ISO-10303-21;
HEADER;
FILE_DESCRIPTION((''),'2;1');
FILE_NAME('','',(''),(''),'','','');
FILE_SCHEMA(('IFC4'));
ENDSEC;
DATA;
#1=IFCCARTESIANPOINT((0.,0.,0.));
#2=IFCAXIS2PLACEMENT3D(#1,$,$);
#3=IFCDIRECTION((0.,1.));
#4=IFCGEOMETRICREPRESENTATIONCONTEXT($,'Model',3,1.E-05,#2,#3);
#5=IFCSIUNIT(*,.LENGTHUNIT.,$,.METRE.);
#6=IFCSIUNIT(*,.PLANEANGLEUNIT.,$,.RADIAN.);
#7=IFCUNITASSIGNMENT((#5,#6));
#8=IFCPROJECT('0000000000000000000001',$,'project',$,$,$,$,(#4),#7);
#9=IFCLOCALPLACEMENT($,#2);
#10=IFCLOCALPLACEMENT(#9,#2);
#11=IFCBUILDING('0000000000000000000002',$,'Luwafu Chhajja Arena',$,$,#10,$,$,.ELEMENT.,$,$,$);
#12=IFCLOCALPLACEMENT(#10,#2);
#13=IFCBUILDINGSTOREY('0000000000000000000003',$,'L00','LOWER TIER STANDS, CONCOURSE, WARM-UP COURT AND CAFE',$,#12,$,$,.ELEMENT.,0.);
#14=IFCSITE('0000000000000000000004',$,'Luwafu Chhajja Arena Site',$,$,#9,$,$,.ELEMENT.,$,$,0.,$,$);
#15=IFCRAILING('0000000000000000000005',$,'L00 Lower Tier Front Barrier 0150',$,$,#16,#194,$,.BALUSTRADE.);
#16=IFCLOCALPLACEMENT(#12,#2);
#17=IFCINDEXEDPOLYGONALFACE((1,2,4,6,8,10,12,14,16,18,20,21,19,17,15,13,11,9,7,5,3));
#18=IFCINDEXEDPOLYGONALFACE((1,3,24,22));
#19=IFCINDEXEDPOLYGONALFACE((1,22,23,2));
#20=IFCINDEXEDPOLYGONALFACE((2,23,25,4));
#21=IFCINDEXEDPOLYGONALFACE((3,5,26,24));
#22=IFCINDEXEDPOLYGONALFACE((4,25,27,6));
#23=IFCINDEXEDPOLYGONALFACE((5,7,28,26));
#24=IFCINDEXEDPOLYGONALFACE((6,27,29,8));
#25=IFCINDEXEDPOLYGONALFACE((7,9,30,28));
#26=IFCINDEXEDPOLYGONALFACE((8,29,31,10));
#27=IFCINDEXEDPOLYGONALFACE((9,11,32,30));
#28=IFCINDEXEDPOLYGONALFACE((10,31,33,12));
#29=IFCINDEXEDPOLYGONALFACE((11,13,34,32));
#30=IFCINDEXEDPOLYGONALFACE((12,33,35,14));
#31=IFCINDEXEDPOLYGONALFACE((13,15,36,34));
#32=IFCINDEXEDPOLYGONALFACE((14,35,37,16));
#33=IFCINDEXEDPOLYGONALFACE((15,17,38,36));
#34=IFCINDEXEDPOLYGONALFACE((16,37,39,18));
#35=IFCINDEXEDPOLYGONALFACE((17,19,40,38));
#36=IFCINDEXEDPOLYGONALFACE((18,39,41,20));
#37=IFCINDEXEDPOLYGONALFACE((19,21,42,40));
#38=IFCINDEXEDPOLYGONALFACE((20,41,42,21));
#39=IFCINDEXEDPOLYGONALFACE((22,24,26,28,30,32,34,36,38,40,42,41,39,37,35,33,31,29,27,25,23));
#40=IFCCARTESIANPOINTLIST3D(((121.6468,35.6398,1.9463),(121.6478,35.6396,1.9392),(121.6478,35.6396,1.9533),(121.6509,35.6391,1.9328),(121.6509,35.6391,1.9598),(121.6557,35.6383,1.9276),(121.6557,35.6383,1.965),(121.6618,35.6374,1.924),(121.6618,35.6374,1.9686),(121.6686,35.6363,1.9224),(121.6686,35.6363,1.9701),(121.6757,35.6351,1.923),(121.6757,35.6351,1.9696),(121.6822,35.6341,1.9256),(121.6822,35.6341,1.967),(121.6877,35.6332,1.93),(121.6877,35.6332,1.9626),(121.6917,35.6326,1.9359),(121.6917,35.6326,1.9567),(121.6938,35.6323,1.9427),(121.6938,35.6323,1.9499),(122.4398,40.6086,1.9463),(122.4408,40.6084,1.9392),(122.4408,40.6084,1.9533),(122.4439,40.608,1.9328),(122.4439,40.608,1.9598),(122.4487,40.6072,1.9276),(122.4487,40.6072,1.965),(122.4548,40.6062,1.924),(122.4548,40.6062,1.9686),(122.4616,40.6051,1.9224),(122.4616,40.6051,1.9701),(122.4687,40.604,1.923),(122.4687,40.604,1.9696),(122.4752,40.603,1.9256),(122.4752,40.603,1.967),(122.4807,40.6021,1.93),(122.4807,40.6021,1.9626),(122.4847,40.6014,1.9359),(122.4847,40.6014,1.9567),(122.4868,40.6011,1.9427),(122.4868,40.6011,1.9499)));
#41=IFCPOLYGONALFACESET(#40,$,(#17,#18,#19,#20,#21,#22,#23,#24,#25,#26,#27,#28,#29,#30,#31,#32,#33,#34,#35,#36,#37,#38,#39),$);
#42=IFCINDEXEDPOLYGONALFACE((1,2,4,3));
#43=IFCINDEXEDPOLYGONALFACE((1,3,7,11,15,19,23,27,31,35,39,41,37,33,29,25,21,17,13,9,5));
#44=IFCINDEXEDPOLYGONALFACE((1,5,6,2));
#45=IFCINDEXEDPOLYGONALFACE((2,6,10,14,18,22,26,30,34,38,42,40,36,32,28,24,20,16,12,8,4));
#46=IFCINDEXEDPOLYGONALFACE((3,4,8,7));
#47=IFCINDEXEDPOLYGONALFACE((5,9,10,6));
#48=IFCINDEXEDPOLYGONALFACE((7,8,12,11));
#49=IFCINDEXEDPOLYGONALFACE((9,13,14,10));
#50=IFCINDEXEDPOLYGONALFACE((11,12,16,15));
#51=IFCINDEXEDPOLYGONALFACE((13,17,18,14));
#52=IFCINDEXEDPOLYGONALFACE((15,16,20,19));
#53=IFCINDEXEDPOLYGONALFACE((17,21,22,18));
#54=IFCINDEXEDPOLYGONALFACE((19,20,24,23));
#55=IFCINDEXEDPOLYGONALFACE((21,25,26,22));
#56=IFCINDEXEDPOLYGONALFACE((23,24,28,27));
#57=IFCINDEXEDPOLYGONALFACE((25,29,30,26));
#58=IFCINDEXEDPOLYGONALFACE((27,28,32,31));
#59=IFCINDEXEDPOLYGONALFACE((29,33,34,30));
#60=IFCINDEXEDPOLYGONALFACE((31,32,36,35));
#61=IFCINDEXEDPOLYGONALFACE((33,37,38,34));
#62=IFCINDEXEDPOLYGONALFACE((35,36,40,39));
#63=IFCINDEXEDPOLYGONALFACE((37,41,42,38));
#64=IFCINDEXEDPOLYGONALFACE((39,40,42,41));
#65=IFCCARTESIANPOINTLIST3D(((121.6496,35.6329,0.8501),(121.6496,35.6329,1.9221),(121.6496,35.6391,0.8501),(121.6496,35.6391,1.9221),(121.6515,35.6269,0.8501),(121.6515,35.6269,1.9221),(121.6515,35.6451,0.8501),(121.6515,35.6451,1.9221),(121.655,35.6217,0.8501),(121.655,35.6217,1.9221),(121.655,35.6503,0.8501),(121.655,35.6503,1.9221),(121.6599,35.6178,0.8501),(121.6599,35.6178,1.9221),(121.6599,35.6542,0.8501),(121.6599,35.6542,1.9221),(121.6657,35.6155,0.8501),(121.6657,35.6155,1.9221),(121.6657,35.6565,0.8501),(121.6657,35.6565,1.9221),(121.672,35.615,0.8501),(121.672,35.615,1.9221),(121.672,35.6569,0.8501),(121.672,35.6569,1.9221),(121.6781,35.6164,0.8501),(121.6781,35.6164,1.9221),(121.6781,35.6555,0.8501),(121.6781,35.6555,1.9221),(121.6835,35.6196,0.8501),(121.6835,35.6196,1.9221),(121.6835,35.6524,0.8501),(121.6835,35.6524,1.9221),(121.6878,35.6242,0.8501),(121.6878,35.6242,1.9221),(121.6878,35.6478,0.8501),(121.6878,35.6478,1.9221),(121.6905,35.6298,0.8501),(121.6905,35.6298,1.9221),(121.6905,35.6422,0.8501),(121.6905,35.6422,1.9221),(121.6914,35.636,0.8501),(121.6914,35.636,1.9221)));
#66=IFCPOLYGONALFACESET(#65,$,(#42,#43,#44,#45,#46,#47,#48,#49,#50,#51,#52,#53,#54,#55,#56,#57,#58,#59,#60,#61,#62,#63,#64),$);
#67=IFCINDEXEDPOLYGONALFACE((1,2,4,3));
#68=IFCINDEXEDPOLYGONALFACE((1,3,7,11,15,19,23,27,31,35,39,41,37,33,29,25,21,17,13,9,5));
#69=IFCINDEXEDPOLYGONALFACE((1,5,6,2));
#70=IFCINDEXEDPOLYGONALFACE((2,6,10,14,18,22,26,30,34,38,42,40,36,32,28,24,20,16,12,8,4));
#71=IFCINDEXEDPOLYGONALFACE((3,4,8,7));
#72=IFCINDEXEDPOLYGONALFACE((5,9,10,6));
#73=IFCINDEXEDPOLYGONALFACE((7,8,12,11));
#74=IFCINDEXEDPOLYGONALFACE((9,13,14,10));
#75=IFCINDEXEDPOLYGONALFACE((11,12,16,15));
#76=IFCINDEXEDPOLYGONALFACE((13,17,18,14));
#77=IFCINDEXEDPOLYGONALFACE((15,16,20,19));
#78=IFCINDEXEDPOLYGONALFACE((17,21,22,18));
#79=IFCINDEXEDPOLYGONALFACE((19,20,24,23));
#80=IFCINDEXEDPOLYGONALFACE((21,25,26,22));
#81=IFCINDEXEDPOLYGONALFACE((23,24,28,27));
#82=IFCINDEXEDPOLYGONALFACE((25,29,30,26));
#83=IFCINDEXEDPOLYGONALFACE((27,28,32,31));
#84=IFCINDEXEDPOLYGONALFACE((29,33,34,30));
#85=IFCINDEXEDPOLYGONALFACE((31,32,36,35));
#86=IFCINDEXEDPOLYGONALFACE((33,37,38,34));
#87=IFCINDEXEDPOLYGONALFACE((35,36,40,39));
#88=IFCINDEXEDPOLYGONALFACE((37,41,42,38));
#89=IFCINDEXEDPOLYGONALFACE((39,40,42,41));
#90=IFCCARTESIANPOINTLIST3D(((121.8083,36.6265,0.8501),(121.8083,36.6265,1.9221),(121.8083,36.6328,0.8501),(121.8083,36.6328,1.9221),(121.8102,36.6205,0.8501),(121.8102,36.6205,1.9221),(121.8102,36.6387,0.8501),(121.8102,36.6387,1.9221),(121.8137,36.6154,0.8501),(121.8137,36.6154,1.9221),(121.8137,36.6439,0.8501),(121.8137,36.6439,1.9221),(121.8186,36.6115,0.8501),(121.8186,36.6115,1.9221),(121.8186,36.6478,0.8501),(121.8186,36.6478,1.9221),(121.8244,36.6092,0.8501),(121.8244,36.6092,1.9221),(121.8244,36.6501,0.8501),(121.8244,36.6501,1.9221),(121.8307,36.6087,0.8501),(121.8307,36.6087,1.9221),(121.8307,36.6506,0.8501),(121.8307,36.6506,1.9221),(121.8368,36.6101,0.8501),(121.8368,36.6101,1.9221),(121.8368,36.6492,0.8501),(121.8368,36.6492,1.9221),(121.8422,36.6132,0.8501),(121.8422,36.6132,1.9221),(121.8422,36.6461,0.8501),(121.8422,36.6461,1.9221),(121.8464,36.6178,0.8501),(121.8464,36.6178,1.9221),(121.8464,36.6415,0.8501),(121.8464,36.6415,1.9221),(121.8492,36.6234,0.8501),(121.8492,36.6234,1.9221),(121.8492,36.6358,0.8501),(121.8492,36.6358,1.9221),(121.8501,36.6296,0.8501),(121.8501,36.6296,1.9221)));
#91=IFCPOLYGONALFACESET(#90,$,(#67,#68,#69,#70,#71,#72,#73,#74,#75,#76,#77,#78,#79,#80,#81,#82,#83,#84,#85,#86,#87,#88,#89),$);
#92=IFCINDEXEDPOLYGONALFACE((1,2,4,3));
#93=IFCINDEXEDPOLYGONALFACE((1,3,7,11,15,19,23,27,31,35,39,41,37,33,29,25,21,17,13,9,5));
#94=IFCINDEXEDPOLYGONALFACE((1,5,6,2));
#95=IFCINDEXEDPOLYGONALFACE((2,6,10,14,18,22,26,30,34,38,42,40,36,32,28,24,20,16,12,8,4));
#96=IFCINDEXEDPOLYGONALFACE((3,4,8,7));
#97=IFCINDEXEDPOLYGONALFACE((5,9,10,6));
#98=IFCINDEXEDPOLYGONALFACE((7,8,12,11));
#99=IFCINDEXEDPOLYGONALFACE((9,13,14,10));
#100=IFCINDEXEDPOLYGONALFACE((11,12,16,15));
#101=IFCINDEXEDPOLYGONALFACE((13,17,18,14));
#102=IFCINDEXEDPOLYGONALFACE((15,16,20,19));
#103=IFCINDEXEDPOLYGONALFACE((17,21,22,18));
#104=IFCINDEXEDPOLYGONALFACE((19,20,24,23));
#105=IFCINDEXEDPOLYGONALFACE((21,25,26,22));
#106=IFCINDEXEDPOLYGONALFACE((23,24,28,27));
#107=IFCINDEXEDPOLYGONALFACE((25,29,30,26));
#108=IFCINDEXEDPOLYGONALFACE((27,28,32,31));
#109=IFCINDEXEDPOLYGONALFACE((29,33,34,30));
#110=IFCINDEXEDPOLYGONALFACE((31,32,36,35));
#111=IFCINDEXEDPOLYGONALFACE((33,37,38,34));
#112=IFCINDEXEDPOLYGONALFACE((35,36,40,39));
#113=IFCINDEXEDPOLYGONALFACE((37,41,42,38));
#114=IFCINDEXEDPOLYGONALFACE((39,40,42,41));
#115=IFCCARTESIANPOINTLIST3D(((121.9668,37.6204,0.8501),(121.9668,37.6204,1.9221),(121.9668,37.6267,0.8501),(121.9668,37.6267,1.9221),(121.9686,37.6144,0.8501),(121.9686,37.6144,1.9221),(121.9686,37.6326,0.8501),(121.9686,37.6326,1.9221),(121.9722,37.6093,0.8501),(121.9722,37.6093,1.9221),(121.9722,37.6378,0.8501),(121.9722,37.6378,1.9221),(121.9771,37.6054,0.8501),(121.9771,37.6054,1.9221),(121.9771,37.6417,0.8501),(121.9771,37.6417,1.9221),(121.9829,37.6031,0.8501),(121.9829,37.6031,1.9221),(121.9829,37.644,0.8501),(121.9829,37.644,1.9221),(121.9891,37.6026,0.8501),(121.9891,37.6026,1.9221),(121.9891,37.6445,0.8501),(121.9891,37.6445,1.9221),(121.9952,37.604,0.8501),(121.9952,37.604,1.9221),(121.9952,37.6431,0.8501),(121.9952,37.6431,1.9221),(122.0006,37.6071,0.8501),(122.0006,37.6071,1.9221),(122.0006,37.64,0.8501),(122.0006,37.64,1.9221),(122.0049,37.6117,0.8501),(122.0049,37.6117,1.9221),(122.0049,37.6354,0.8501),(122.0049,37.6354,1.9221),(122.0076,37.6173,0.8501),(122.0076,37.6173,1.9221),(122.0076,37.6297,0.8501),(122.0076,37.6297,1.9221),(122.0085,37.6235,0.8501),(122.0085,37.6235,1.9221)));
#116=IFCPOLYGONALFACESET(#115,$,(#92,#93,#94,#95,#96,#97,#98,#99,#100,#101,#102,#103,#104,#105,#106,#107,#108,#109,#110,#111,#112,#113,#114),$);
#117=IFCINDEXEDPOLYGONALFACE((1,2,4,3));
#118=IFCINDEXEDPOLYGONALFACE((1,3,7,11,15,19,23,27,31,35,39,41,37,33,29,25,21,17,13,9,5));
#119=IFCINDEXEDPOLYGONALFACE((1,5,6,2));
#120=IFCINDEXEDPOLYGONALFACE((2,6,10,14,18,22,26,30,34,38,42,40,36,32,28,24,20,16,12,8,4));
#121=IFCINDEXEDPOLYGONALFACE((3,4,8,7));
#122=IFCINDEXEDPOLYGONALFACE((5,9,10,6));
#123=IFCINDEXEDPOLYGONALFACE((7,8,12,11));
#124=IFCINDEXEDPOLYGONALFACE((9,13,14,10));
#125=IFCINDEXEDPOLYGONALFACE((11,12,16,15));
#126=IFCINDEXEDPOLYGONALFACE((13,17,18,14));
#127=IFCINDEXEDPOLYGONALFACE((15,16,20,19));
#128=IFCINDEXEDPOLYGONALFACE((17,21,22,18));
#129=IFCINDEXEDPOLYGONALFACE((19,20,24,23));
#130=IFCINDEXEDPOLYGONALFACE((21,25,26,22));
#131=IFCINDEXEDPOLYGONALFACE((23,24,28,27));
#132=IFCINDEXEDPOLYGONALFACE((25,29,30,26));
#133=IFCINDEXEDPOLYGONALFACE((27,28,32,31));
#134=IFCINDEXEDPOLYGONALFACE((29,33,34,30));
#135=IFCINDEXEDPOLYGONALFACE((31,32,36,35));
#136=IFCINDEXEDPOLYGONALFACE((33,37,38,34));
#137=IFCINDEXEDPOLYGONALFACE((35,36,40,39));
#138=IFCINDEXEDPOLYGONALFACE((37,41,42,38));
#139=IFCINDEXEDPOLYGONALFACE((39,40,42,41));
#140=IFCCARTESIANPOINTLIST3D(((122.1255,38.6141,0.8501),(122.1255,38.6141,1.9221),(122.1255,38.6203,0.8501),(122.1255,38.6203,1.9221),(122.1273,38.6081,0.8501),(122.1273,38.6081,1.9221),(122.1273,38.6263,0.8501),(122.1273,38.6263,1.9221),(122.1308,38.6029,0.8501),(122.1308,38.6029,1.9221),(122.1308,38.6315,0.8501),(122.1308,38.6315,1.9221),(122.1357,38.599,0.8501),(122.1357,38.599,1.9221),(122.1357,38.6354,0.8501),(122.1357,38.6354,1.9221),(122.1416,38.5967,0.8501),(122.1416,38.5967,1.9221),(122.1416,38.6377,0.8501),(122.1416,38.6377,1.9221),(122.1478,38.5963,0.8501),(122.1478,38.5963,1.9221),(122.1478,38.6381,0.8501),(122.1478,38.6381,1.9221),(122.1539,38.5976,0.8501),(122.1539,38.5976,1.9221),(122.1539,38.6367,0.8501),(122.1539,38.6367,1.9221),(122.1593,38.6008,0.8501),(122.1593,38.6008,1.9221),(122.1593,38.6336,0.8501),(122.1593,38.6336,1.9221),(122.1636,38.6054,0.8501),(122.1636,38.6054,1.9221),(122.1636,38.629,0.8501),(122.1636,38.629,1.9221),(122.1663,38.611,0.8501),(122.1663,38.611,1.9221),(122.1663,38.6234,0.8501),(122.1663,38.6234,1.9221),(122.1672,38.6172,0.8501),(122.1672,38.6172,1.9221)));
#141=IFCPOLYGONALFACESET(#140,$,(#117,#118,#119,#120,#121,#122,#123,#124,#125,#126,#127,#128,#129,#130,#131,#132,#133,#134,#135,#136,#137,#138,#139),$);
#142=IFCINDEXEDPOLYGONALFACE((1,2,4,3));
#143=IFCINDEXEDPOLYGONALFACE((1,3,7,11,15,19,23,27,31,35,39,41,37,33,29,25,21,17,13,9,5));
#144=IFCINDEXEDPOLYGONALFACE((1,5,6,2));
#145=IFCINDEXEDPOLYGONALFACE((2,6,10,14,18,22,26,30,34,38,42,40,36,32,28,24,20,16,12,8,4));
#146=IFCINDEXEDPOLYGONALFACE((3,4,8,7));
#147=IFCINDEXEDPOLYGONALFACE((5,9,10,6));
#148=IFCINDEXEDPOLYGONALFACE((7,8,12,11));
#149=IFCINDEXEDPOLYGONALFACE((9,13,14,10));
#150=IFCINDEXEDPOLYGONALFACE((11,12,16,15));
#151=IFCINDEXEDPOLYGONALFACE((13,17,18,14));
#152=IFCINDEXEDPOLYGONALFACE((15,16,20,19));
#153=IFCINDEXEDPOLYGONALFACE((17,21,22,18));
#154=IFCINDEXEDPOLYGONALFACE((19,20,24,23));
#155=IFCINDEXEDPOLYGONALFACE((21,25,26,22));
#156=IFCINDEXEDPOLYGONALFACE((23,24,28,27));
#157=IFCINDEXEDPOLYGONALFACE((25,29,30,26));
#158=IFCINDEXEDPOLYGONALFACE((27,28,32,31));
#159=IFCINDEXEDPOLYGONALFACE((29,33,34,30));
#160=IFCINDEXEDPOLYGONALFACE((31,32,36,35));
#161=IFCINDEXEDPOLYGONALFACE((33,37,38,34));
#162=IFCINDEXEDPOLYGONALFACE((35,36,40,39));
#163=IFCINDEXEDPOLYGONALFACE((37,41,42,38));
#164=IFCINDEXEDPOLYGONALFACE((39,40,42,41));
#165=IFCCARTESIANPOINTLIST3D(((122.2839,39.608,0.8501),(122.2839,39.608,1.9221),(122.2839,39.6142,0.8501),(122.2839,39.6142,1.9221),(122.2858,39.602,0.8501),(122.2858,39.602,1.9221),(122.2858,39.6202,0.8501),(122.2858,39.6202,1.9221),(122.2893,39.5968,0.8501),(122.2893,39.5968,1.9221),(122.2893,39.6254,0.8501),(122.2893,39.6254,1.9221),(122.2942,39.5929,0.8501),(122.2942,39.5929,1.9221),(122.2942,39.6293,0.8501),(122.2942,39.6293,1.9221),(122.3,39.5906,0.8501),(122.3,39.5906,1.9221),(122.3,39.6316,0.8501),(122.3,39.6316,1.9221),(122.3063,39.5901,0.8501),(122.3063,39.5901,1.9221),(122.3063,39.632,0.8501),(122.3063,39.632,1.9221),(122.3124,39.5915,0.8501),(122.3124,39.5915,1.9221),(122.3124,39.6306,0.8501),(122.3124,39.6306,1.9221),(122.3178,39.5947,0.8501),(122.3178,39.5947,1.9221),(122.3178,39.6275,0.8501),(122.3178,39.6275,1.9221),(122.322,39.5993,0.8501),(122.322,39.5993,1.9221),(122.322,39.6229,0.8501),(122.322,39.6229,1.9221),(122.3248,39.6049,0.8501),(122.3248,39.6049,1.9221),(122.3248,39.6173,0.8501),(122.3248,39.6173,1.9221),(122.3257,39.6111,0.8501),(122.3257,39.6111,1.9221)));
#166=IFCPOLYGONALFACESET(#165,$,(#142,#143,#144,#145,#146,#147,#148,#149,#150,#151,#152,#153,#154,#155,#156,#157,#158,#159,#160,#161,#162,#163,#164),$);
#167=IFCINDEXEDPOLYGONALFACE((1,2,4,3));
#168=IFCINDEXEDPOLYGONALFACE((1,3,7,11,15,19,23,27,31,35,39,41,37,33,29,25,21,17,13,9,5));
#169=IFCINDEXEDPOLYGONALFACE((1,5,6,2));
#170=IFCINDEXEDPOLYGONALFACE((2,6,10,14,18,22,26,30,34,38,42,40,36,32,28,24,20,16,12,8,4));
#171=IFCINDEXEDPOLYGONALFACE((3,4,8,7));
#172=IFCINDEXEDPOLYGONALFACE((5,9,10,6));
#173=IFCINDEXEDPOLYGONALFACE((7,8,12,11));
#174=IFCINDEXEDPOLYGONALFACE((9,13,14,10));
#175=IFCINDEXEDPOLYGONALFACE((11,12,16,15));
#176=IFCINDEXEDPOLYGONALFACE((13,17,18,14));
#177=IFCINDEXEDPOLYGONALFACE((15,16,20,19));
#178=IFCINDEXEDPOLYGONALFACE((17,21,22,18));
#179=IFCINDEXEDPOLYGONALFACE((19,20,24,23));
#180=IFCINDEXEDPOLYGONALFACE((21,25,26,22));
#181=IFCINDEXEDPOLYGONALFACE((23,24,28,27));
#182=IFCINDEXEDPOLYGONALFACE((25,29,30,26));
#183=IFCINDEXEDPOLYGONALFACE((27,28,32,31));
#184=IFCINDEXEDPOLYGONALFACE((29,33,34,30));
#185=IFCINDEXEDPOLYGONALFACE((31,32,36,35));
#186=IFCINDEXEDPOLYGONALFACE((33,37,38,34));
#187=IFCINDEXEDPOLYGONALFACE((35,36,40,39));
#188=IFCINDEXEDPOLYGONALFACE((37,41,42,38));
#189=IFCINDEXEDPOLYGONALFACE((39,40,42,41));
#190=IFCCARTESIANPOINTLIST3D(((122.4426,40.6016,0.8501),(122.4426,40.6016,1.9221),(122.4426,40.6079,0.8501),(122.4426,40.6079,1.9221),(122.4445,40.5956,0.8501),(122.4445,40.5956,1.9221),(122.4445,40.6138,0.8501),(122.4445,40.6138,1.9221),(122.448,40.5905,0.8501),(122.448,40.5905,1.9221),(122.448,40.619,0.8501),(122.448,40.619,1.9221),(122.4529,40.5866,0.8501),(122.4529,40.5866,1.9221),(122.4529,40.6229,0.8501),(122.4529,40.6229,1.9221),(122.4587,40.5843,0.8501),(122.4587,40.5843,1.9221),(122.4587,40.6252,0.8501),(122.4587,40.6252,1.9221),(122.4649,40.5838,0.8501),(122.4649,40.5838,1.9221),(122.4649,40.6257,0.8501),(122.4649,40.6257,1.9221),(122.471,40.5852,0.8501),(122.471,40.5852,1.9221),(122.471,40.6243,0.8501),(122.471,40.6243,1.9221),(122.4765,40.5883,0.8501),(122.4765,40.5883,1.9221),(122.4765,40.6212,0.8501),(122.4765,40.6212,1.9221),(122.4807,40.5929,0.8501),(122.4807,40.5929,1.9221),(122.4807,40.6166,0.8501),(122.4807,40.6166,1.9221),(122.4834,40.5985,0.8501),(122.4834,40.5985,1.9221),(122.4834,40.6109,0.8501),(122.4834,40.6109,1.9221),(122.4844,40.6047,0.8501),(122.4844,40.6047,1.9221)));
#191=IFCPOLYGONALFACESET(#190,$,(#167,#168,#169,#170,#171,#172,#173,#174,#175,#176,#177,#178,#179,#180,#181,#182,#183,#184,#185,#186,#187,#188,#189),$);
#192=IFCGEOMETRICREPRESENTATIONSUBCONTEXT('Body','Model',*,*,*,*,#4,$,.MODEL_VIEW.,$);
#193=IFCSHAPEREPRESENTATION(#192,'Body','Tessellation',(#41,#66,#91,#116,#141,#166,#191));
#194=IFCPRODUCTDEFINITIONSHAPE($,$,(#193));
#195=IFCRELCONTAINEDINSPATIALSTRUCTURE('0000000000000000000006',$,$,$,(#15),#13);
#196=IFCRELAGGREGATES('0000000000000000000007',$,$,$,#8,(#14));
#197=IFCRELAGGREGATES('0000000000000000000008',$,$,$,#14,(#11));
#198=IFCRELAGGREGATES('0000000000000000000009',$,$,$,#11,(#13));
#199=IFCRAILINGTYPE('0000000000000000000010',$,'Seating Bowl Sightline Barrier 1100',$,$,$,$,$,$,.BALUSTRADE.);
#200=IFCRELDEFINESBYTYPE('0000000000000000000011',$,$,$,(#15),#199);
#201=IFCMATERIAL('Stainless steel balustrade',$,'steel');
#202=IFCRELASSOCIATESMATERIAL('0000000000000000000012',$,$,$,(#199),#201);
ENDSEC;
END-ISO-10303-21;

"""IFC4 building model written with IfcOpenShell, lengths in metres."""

from ifc_helpers import new_model, si_unit, direction, frame, origin, origin_2d, place, context, subcontext, project, spatial, circle, extrude, material, type_object, element, save


model = new_model("IFC4")

# Units and contexts
model_context = context("Model", 3, precision=1e-05, world=origin(), true_north=direction((0.0, 1.0)))
body_context = subcontext(model_context, "Body", "Model", "MODEL_VIEW")
ifc_project = project(units=[si_unit("LENGTHUNIT", "METRE"), si_unit("PLANEANGLEUNIT", "RADIAN")], contexts=[model_context])

# Site, building, storey
site_placement = place(None, origin())
site = spatial("IfcSite", under=ifc_project, at=site_placement, Name="Luwafu Chhajja Arena Site", CompositionType="ELEMENT", RefElevation=0.0)
building_placement = place(site_placement, origin())
building = spatial("IfcBuilding", under=site, at=building_placement, Name="Luwafu Chhajja Arena", CompositionType="ELEMENT")
storey_placement = place(building_placement, origin())
storey = spatial("IfcBuildingStorey", under=building, at=storey_placement, Name="L00", Description="LOWER TIER STANDS, CONCOURSE, WARM-UP COURT AND CAFE", CompositionType="ELEMENT", Elevation=0.0)

# Railing
ifc_material_1 = material(Name="Stainless steel balustrade", Category="steel")
railing_type = type_object("IfcRailingType", Name="Seating Bowl Sightline Barrier 1100", PredefinedType="BALUSTRADE", material=ifc_material_1)
railing_1_placement = place(storey_placement, frame((121.6704, 35.636, 0.8501)))
element("IfcRailing", 1, at=railing_1_placement, inside=storey, type_object=railing_type, Name="L00 Lower Tier Front Barrier 0150", PredefinedType="BALUSTRADE", context=body_context, shape_type="SweptSolid", body=[
    extrude(circle(Radius=0.0239, at=origin_2d()), frame((0.0, 0.0, 1.0962), z_axis=(0.157597, 0.987504, 0.0), x_axis=(-0.987504, 0.157597, 0.0)), (0.0, 0.0, 1.0), 5.0317),
    extrude(circle(Radius=0.021, at=origin_2d()), origin(), (0.0, 0.0, 1.0), 1.072),
    extrude(circle(Radius=0.021, at=origin_2d()), frame((0.1587, 0.9937, 0.0)), (0.0, 0.0, 1.0), 1.072),
    extrude(circle(Radius=0.021, at=origin_2d()), frame((0.3171, 1.9875, 0.0)), (0.0, 0.0, 1.0), 1.072),
    extrude(circle(Radius=0.021, at=origin_2d()), frame((0.4758, 2.9812, 0.0)), (0.0, 0.0, 1.0), 1.072),
    extrude(circle(Radius=0.021, at=origin_2d()), frame((0.6343, 3.9751, 0.0)), (0.0, 0.0, 1.0), 1.072),
    extrude(circle(Radius=0.021, at=origin_2d()), frame((0.793, 4.9688, 0.0)), (0.0, 0.0, 1.0), 1.072),
])

save(model, "model.ifc")
